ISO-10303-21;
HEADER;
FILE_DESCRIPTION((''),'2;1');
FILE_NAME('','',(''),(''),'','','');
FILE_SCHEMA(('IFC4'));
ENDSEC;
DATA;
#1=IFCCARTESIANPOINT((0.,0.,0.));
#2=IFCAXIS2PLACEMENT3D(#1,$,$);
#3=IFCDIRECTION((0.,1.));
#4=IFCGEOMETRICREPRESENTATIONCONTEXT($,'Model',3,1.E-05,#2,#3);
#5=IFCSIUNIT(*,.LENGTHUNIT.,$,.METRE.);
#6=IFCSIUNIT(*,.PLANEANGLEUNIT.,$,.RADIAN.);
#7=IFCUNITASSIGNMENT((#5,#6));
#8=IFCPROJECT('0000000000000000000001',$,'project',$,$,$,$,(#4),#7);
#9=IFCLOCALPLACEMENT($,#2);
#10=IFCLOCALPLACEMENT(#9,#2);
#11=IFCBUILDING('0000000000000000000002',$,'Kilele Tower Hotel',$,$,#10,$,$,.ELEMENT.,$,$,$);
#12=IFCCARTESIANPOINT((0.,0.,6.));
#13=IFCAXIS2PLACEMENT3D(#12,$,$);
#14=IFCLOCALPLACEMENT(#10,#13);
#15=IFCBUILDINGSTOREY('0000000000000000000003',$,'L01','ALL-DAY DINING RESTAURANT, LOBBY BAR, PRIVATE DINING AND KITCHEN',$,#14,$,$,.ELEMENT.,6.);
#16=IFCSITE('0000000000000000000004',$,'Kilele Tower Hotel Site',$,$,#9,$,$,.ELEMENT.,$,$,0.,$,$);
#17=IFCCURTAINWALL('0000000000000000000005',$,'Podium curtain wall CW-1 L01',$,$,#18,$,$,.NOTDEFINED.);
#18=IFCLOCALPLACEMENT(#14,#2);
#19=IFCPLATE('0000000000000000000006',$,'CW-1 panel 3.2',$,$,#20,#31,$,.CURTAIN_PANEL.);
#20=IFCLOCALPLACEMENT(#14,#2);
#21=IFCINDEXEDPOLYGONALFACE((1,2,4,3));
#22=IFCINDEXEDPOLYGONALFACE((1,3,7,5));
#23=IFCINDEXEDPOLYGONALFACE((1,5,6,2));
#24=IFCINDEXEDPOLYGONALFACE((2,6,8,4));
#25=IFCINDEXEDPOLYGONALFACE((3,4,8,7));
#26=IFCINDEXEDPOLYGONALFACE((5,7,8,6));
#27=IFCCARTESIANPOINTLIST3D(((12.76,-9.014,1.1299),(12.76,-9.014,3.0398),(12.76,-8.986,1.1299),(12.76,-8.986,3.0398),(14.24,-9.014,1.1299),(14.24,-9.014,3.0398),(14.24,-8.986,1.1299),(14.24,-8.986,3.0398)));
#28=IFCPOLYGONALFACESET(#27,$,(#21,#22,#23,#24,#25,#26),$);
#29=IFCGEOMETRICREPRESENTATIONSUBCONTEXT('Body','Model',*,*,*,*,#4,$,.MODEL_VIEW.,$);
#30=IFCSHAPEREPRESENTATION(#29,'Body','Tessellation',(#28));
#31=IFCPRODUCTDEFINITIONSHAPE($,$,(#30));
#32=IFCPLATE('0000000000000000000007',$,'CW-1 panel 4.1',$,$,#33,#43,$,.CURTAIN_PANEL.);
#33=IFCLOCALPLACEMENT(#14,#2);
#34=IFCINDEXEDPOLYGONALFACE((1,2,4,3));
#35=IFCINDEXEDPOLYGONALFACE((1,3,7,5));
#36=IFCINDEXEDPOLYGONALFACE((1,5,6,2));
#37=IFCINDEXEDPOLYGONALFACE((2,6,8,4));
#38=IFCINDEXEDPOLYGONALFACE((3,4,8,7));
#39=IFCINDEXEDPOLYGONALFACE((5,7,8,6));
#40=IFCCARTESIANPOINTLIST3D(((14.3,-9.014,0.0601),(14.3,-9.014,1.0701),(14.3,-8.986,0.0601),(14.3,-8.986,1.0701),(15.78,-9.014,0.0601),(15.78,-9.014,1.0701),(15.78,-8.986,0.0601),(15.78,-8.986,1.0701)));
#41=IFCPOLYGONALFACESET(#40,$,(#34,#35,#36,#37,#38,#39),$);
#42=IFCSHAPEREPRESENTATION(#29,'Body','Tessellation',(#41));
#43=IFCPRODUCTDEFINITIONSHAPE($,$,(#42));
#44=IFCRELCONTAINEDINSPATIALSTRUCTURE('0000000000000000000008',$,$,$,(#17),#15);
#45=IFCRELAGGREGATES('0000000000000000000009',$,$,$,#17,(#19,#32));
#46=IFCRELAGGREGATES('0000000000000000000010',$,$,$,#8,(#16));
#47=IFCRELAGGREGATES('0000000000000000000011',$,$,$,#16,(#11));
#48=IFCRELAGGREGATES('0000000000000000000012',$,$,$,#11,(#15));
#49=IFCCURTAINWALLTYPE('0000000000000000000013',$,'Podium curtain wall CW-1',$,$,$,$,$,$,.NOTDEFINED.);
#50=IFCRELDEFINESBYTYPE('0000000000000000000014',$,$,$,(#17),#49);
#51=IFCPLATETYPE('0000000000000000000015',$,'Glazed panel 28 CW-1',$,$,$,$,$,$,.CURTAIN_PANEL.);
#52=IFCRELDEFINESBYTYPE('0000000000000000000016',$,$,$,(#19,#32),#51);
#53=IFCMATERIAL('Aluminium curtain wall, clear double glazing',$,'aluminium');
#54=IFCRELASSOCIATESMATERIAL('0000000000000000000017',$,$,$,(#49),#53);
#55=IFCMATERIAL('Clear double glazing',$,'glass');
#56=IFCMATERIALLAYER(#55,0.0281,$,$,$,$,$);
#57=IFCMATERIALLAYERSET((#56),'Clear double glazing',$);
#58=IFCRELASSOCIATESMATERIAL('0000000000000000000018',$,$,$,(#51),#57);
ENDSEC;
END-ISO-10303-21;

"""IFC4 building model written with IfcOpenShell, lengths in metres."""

from ifc_helpers import new_model, si_unit, direction, frame, origin, origin_2d, place, context, subcontext, project, spatial, rectangle, extrude, material, layer, layer_set, type_object, element, aggregate, save


model = new_model("IFC4")

# Units and contexts
model_context = context("Model", 3, precision=1e-05, world=origin(), true_north=direction((0.0, 1.0)))
body_context = subcontext(model_context, "Body", "Model", "MODEL_VIEW")
ifc_project = project(units=[si_unit("LENGTHUNIT", "METRE"), si_unit("PLANEANGLEUNIT", "RADIAN")], contexts=[model_context])

# Site, building, storey
site_placement = place(None, origin())
site = spatial("IfcSite", under=ifc_project, at=site_placement, Name="Kilele Tower Hotel Site", CompositionType="ELEMENT", RefElevation=0.0)
building_placement = place(site_placement, origin())
building = spatial("IfcBuilding", under=site, at=building_placement, Name="Kilele Tower Hotel", CompositionType="ELEMENT")
storey_placement = place(building_placement, frame((0.0, 0.0, 6.0)))
storey = spatial("IfcBuildingStorey", under=building, at=storey_placement, Name="L01", Description="ALL-DAY DINING RESTAURANT, LOBBY BAR, PRIVATE DINING AND KITCHEN", CompositionType="ELEMENT", Elevation=6.0)

# Curtain wall, plates
ifc_material_1 = material(Name="Aluminium curtain wall, clear double glazing", Category="aluminium")
curtain_wall_type = type_object("IfcCurtainWallType", Name="Podium curtain wall CW-1", PredefinedType="NOTDEFINED", material=ifc_material_1)
curtain_wall_placement = place(storey_placement, origin())
curtain_wall = element("IfcCurtainWall", 1, at=curtain_wall_placement, inside=storey, type_object=curtain_wall_type, Name="Podium curtain wall CW-1 L01", PredefinedType="NOTDEFINED")
ifc_material_2 = material(Name="Clear double glazing", Category="glass")
ifc_layer = layer(ifc_material_2, 0.0281)
ifc_layer_set = layer_set([ifc_layer], Name="Clear double glazing")
plate_type = type_object("IfcPlateType", Name="Glazed panel 28 CW-1", PredefinedType="CURTAIN_PANEL", material=ifc_layer_set)
plate_1_placement = place(storey_placement, frame((13.5, -9.0, 1.1299), z_axis=(0.0, 0.0, 1.0), x_axis=(1.0, 0.0, 0.0)))
plate_1 = element("IfcPlate", 2, at=plate_1_placement, type_object=plate_type, Name="CW-1 panel 3.2", PredefinedType="CURTAIN_PANEL", context=body_context, shape_type="SweptSolid", body=[
    extrude(rectangle(XDim=1.48, YDim=0.0281, at=origin_2d()), origin(), (0.0, 0.0, 1.0), 1.9099),
])
plate_2_placement = place(storey_placement, frame((15.04, -9.0, 0.0601), z_axis=(0.0, 0.0, 1.0), x_axis=(1.0, 0.0, 0.0)))
plate_2 = element("IfcPlate", 3, at=plate_2_placement, type_object=plate_type, Name="CW-1 panel 4.1", PredefinedType="CURTAIN_PANEL", context=body_context, shape_type="SweptSolid", body=[
    extrude(rectangle(XDim=1.48, YDim=0.0281, at=origin_2d()), origin(), (0.0, 0.0, 1.0), 1.01),
])
aggregate(curtain_wall, [plate_1, plate_2])

save(model, "model.ifc")
